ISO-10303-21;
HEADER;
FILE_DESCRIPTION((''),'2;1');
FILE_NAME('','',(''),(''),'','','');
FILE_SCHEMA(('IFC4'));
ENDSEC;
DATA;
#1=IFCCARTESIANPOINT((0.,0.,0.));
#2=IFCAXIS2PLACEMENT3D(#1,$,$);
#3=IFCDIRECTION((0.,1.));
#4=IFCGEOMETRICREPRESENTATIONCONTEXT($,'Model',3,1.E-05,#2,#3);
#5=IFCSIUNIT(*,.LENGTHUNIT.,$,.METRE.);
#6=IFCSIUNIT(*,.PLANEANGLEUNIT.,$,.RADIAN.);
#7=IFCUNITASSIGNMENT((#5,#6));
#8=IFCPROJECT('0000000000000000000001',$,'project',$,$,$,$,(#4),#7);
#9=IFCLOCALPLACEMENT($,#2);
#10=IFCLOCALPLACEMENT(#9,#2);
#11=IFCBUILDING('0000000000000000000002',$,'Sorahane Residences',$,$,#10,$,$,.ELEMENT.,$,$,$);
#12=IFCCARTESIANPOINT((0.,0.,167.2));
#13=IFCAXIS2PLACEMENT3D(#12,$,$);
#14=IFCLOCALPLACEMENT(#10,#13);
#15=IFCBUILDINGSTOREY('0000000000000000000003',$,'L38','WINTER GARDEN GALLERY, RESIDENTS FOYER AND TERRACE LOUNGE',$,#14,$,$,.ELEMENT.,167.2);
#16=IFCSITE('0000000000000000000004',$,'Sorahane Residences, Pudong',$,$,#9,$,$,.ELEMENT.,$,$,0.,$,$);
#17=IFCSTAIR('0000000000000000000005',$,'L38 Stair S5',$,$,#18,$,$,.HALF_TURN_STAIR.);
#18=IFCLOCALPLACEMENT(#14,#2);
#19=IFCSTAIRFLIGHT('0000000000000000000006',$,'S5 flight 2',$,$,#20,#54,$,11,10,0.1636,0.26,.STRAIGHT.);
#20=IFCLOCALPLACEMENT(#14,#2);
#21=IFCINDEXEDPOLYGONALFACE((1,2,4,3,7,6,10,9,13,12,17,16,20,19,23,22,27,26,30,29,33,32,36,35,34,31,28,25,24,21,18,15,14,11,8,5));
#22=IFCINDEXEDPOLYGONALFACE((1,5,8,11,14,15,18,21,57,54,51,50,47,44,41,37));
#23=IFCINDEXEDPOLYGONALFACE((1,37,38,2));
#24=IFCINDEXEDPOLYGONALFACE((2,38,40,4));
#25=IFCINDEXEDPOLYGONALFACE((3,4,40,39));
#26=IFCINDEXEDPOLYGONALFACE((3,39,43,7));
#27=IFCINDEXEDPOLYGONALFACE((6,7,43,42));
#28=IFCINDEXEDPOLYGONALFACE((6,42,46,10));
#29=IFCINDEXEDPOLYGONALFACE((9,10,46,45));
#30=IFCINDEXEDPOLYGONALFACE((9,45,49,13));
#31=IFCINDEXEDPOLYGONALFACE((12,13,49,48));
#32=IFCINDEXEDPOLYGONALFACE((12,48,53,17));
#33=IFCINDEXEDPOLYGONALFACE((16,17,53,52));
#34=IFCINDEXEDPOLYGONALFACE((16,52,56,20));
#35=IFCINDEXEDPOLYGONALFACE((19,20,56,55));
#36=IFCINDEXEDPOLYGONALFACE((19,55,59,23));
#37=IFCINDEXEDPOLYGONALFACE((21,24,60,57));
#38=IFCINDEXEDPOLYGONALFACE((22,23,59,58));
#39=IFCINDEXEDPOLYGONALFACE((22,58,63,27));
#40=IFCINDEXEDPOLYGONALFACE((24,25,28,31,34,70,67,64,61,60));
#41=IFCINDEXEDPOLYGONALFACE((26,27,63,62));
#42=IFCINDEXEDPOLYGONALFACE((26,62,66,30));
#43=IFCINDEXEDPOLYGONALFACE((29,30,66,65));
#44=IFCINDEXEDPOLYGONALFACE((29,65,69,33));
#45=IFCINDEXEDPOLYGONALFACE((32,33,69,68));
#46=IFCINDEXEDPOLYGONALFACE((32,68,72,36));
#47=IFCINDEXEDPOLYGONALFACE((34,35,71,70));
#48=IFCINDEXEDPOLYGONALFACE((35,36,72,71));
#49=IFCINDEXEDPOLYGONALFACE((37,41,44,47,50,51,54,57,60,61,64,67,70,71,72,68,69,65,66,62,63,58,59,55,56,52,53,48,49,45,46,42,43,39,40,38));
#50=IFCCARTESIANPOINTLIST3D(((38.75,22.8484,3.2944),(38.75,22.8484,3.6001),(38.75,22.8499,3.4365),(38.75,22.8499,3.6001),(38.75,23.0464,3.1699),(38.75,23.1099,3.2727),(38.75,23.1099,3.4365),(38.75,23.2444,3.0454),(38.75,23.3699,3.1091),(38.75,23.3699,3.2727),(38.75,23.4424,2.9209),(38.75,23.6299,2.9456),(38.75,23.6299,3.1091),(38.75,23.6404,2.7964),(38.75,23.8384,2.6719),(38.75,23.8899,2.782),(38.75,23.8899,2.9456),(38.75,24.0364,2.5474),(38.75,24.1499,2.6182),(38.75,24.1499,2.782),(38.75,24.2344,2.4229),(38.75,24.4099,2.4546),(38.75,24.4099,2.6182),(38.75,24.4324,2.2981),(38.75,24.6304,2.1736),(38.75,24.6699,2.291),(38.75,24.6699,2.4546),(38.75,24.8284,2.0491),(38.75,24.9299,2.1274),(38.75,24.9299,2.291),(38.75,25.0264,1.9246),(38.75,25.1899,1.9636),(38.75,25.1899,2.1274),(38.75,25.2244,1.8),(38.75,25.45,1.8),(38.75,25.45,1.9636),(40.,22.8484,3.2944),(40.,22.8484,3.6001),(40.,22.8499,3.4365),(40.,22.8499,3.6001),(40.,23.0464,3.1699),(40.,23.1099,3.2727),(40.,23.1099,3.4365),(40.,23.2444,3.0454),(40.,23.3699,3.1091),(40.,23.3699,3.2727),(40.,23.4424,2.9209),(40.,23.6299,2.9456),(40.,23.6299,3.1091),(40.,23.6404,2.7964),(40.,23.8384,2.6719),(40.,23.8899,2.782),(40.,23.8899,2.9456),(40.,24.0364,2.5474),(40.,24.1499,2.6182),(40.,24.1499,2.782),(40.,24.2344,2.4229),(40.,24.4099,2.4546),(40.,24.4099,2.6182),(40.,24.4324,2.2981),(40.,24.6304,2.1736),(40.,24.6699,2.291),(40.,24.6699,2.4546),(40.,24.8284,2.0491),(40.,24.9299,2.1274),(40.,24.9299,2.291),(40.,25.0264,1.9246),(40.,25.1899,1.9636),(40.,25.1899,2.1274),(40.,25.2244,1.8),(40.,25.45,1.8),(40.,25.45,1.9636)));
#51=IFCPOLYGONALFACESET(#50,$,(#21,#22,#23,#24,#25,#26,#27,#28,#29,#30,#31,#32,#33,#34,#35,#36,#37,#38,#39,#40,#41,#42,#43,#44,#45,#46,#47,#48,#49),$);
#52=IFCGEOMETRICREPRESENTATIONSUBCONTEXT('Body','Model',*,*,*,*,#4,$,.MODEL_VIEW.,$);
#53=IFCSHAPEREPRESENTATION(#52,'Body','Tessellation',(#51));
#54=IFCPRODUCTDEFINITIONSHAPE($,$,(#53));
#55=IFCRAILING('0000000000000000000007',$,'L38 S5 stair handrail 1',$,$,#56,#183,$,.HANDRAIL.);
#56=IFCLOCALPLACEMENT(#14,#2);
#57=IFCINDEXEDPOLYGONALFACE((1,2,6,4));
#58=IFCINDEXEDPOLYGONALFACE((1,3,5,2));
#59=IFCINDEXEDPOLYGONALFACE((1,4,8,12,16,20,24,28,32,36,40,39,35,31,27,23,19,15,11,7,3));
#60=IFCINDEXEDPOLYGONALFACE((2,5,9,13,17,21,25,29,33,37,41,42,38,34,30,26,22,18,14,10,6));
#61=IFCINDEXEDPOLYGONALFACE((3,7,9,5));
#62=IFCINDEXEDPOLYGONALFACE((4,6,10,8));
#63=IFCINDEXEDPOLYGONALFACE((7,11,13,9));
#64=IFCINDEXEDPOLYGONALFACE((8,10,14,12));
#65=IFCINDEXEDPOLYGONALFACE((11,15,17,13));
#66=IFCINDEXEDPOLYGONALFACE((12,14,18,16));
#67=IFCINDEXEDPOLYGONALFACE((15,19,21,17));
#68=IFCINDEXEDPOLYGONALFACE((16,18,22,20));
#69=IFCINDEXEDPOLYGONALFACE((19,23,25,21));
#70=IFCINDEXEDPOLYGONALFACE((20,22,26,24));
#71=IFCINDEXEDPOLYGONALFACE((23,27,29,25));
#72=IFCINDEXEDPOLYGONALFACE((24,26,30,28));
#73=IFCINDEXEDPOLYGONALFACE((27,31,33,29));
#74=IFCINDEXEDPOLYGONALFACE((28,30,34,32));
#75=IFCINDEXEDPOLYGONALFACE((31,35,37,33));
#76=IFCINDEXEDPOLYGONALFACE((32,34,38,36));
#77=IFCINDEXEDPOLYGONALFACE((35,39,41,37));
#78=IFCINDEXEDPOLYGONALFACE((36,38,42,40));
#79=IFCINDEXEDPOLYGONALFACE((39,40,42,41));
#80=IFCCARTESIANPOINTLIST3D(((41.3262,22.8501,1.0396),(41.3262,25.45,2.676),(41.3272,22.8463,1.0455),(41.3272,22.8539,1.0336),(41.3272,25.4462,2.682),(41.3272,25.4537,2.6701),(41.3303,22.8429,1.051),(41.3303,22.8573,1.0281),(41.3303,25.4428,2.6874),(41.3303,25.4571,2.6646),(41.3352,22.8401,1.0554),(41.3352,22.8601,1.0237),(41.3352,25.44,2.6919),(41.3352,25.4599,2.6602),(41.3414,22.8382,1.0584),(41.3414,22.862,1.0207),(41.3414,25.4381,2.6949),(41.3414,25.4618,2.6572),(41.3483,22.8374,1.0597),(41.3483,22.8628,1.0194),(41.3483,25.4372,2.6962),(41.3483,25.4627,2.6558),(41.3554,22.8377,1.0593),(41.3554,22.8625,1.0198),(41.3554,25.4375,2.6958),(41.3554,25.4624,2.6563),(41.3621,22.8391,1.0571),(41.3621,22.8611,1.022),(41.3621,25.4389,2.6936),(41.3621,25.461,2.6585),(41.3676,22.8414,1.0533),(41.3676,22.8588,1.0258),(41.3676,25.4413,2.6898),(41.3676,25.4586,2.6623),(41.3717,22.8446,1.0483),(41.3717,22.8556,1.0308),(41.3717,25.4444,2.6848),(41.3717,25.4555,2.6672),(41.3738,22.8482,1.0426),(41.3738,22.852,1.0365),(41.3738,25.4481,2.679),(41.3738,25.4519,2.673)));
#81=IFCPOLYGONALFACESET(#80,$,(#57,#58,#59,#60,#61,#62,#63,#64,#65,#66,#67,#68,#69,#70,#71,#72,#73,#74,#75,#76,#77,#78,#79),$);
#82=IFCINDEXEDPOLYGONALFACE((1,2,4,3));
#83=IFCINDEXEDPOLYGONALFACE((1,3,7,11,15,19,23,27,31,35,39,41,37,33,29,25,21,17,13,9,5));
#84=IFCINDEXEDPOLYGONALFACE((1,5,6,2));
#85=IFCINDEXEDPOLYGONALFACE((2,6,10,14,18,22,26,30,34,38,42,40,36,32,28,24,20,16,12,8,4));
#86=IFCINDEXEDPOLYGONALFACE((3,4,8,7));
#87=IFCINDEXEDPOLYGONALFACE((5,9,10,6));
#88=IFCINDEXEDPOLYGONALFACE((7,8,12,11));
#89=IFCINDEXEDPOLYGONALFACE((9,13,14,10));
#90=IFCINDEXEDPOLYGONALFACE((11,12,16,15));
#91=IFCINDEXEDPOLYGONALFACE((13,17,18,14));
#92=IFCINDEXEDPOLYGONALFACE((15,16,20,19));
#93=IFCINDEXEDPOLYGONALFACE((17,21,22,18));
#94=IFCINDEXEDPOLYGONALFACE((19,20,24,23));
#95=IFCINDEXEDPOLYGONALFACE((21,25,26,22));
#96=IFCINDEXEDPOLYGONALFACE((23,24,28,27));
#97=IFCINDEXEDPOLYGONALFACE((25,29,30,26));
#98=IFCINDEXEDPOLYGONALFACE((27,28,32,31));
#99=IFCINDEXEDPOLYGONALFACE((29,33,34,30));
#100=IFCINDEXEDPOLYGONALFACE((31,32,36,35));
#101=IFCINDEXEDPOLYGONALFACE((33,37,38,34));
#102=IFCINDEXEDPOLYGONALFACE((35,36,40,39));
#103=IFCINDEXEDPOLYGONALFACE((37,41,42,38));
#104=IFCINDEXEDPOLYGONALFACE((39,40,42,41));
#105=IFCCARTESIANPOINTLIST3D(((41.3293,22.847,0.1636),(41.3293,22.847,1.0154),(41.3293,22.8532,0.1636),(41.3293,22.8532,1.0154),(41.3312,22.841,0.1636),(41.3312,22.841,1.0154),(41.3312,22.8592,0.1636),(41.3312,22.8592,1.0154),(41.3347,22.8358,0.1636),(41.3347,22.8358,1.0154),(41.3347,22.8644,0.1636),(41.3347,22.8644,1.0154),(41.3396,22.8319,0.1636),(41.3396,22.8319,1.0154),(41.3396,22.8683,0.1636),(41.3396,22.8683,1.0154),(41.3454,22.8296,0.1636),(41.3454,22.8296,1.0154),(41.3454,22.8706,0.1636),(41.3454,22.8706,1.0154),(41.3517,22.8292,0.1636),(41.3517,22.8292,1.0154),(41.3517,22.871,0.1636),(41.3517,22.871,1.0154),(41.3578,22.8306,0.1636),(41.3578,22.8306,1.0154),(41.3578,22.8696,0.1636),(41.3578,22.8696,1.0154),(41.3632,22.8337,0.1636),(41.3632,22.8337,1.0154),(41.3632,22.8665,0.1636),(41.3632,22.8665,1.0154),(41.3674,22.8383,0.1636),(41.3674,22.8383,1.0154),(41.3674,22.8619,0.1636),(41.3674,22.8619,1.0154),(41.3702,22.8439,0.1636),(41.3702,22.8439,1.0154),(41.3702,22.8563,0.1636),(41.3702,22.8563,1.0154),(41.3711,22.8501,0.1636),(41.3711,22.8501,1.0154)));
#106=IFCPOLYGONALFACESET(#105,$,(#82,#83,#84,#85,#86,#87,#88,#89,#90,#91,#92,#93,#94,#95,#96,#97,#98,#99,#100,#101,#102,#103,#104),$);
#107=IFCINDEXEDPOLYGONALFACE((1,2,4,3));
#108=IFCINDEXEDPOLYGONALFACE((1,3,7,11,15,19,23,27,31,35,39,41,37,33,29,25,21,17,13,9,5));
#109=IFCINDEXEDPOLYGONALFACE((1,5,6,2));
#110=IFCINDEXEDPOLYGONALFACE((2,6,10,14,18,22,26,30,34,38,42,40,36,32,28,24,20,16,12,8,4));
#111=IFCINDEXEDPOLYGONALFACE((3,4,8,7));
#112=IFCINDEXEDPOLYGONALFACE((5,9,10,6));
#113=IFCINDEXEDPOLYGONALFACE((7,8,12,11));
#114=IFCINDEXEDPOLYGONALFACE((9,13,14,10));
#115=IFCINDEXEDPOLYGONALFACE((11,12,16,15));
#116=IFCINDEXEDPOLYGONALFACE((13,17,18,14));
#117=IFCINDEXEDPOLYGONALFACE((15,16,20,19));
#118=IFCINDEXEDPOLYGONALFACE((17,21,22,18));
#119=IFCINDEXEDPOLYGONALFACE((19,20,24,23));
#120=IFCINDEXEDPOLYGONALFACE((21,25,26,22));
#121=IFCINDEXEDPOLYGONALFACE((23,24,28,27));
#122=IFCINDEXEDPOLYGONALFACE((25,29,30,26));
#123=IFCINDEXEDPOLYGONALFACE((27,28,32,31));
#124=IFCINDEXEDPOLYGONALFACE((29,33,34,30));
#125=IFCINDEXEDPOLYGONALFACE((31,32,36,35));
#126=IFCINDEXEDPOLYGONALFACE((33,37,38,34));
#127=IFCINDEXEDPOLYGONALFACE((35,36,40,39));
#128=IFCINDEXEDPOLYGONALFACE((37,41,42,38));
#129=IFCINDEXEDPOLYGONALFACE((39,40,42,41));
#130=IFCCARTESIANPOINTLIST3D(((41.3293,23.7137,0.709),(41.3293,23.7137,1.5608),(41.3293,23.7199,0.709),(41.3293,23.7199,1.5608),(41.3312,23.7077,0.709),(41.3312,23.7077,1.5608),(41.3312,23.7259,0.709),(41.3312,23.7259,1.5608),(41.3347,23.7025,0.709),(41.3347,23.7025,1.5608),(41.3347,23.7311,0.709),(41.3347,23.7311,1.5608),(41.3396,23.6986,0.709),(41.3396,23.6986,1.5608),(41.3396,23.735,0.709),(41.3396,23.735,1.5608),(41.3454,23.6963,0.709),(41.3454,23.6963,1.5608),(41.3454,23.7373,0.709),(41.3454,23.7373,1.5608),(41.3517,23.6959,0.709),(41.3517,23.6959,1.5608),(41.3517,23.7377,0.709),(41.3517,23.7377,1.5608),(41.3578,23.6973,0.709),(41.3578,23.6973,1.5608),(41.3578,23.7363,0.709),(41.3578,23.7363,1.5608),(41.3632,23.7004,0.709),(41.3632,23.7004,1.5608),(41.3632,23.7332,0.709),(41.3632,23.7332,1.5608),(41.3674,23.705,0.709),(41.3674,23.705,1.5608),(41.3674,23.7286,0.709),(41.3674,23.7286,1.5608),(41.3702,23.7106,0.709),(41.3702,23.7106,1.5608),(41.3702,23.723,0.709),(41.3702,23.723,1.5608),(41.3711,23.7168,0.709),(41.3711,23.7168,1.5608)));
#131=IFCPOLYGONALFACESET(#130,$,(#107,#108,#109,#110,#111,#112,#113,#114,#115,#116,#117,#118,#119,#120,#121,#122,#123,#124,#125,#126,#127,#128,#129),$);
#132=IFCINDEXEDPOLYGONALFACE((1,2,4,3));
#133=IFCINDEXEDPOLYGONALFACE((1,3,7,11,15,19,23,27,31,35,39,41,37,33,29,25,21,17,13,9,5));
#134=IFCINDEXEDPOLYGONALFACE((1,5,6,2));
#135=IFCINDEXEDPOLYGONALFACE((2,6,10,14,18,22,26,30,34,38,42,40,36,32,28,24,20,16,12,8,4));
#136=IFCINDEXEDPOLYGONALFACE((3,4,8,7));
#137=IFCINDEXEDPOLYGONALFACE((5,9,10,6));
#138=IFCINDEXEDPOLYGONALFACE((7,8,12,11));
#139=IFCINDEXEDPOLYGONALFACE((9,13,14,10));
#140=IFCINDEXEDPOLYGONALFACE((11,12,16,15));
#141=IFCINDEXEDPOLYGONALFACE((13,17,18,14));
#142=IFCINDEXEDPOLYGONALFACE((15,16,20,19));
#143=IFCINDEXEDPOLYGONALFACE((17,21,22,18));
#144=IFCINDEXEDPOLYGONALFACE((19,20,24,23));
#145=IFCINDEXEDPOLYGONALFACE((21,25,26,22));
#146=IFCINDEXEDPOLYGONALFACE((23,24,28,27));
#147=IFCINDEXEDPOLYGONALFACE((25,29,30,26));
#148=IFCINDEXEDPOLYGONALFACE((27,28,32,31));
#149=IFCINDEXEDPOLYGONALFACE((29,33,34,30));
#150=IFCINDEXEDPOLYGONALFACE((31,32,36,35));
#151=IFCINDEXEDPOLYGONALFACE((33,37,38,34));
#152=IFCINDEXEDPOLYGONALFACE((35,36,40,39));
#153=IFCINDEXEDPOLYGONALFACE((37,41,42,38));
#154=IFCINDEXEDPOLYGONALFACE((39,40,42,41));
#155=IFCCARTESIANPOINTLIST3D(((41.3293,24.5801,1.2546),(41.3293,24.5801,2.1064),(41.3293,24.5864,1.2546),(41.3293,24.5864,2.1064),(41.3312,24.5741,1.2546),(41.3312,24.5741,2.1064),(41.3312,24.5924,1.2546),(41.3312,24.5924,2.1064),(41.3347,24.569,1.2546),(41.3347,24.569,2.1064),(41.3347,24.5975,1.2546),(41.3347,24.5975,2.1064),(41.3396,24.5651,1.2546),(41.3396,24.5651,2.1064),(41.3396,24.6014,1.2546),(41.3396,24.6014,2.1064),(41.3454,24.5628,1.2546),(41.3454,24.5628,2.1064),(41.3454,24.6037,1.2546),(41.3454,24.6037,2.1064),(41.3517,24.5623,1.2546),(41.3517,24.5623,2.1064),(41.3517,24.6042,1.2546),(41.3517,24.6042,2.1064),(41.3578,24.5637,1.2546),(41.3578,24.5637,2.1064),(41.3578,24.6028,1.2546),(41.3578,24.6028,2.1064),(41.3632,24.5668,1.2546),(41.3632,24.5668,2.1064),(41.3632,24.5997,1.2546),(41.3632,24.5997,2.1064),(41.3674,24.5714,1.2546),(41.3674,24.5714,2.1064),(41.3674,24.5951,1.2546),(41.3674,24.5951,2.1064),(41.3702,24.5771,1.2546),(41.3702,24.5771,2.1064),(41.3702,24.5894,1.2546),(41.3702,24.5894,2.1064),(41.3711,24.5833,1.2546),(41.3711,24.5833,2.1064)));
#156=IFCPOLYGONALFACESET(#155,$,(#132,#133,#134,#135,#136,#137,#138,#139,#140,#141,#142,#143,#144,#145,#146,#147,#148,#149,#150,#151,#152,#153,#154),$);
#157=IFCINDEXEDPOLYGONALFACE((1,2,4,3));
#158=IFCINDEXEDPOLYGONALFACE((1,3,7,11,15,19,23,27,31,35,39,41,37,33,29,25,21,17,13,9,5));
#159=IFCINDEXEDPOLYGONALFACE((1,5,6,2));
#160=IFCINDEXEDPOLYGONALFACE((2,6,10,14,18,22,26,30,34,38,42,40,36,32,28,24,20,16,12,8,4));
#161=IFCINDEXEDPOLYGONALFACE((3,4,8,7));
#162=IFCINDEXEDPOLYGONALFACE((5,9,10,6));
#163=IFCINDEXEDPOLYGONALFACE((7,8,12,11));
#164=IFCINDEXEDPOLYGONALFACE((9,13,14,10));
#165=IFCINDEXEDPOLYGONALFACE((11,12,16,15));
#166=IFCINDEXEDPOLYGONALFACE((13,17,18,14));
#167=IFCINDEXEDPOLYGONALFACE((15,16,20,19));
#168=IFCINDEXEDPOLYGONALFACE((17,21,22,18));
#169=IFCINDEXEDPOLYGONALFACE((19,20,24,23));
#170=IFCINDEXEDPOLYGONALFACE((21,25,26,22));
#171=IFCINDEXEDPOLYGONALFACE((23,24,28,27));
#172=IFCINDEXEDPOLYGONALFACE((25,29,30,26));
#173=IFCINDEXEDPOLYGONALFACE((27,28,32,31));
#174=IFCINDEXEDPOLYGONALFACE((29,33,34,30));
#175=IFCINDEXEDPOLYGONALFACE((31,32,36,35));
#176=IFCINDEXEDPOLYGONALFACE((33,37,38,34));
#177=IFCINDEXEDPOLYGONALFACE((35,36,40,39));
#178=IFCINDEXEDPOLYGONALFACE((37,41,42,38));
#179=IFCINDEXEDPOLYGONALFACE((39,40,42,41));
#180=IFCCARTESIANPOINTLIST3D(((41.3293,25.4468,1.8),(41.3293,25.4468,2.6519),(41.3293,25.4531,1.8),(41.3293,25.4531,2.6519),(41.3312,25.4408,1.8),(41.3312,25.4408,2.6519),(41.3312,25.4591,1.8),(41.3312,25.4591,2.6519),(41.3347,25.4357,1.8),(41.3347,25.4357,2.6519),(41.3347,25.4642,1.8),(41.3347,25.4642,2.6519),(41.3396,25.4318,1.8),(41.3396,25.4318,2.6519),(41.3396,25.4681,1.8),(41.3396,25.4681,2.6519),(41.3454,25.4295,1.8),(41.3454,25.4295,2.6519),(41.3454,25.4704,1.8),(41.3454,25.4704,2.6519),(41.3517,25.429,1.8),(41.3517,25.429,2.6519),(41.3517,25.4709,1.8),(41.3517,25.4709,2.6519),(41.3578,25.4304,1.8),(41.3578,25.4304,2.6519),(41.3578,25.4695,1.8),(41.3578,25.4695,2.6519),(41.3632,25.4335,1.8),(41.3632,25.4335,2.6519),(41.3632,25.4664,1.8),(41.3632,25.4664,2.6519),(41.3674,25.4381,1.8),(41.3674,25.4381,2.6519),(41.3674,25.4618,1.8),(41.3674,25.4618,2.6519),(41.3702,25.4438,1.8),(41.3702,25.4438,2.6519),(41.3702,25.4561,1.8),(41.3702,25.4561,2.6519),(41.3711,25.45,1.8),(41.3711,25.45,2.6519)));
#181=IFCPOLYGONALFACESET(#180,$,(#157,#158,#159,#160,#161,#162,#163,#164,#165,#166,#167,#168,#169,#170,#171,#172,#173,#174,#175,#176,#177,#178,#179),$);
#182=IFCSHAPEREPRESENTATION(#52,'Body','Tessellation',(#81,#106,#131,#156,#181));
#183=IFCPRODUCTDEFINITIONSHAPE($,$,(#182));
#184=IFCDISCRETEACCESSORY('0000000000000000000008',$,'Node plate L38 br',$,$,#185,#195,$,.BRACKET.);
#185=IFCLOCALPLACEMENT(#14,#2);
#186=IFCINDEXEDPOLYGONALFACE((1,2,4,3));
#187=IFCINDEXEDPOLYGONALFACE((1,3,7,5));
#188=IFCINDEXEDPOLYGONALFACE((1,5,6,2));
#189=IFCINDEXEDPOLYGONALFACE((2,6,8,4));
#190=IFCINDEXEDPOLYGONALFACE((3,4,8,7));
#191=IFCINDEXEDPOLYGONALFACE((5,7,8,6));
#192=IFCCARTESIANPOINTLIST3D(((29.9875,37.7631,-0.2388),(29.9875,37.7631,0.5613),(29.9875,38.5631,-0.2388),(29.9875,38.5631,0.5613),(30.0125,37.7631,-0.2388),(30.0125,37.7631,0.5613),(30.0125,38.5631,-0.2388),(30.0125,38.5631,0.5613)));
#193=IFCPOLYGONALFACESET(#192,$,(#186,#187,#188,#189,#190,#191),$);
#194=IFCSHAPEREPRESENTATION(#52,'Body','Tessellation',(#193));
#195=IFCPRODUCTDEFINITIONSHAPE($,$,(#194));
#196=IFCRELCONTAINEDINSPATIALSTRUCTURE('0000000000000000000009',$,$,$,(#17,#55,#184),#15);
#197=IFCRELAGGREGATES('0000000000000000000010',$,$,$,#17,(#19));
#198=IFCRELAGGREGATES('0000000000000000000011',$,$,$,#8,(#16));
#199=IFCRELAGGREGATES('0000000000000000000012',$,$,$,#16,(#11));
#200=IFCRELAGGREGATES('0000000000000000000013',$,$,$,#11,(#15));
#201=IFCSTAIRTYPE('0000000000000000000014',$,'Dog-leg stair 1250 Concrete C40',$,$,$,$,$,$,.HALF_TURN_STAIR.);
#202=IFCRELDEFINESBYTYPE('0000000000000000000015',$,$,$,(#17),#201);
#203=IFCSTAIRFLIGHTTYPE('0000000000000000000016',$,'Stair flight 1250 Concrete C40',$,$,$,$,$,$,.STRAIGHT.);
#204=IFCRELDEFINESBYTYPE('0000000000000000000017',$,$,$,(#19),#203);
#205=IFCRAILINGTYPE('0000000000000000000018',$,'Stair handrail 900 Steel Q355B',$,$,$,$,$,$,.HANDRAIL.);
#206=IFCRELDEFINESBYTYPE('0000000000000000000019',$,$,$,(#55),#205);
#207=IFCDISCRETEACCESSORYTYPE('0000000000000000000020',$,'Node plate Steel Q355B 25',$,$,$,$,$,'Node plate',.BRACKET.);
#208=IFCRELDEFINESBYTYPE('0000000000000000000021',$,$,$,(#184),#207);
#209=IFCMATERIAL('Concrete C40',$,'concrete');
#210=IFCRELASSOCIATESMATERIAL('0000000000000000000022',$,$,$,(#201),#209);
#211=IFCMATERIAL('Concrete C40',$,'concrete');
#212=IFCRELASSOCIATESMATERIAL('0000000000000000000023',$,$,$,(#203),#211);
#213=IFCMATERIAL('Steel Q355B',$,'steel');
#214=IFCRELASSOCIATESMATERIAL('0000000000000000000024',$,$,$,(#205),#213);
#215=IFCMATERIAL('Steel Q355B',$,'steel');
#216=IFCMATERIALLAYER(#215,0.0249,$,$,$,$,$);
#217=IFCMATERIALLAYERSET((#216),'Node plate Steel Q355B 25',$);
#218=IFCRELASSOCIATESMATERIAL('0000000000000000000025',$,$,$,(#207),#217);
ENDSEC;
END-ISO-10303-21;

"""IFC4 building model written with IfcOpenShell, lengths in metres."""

from ifc_helpers import new_model, si_unit, direction, frame, origin, origin_2d, place, context, subcontext, project, spatial, polyline, rectangle, circle, outline, extrude, material, layer, layer_set, type_object, element, aggregate, save


model = new_model("IFC4")

# Units and contexts
model_context = context("Model", 3, precision=1e-05, world=origin(), true_north=direction((0.0, 1.0)))
body_context = subcontext(model_context, "Body", "Model", "MODEL_VIEW")
ifc_project = project(units=[si_unit("LENGTHUNIT", "METRE"), si_unit("PLANEANGLEUNIT", "RADIAN")], contexts=[model_context])

# Site, building, storey
site_placement = place(None, origin())
site = spatial("IfcSite", under=ifc_project, at=site_placement, Name="Sorahane Residences, Pudong", CompositionType="ELEMENT", RefElevation=0.0)
building_placement = place(site_placement, origin())
building = spatial("IfcBuilding", under=site, at=building_placement, Name="Sorahane Residences", CompositionType="ELEMENT")
storey_placement = place(building_placement, frame((0.0, 0.0, 167.2)))
storey = spatial("IfcBuildingStorey", under=building, at=storey_placement, Name="L38", Description="WINTER GARDEN GALLERY, RESIDENTS FOYER AND TERRACE LOUNGE", CompositionType="ELEMENT", Elevation=167.2)

# Stair, stair flight
ifc_material_1 = material(Name="Concrete C40", Category="concrete")
stair_type = type_object("IfcStairType", Name="Dog-leg stair 1250 Concrete C40", PredefinedType="HALF_TURN_STAIR", material=ifc_material_1)
ifc_material_2 = material(Name="Concrete C40", Category="concrete")
stair_flight_type = type_object("IfcStairFlightType", Name="Stair flight 1250 Concrete C40", PredefinedType="STRAIGHT", material=ifc_material_2)
stair_1_placement = place(storey_placement, origin())
stair_1 = element("IfcStair", 1, at=stair_1_placement, inside=storey, type_object=stair_type, Name="L38 Stair S5", PredefinedType="HALF_TURN_STAIR")
stair_flight_1_placement = place(storey_placement, frame((39.375, 25.45, 1.8), z_axis=(0.0, 0.0, 1.0), x_axis=(0.0, -1.0, 0.0)))
stair_flight_1 = element("IfcStairFlight", 2, at=stair_flight_1_placement, type_object=stair_flight_type, Name="S5 flight 2", NumberOfRisers=11, NumberOfTreads=10, PredefinedType="STRAIGHT", RiserHeight=0.1636, TreadLength=0.26, context=body_context, shape_type="SweptSolid", body=[
    extrude(outline(polyline([(0.0, 0.0), (0.0, 0.1636), (0.26, 0.1636), (0.26, 0.3274), (0.52, 0.3274), (0.52, 0.491), (0.78, 0.491), (0.78, 0.6545), (1.04, 0.6545), (1.04, 0.8181), (1.3, 0.8181), (1.3, 0.9819), (1.5601, 0.9819), (1.5601, 1.1455), (1.8201, 1.1455), (1.8201, 1.3091), (2.0801, 1.3091), (2.0801, 1.4727), (2.3401, 1.4727), (2.3401, 1.6365), (2.6001, 1.6365), (2.6001, 1.8), (2.6016, 1.8), (2.6016, 1.4944), (2.4036, 1.3699), (2.2056, 1.2454), (2.0076, 1.1208), (1.8096, 0.9963), (1.6116, 0.8718), (1.4136, 0.7473), (1.2156, 0.6228), (1.0176, 0.498), (0.8196, 0.3735), (0.6216, 0.249), (0.4236, 0.1245), (0.2256, 0.0), (0.0, 0.0)])), frame((0.0, 0.625, 0.0), z_axis=(0.0, -1.0, 0.0), x_axis=(1.0, 0.0, 0.0)), (0.0, 0.0, 1.0), 1.25),
])
aggregate(stair_1, [stair_flight_1])

# Railing
ifc_material_3 = material(Name="Steel Q355B", Category="steel")
railing_type_1 = type_object("IfcRailingType", Name="Stair handrail 900 Steel Q355B", PredefinedType="HANDRAIL", material=ifc_material_3)
railing_1_placement = place(storey_placement, frame((41.3501, 22.8501, 0.1636)))
element("IfcRailing", 3, at=railing_1_placement, inside=storey, type_object=railing_type_1, Name="L38 S5 stair handrail 1", PredefinedType="HANDRAIL", context=body_context, shape_type="SweptSolid", body=[
    extrude(circle(Radius=0.0239, at=origin_2d()), frame((0.0, 0.0, 0.876), z_axis=(0.0, 0.846302, 0.532704), x_axis=(-1.0, 0.0, 0.0)), (0.0, 0.0, 1.0), 3.072),
    extrude(circle(Radius=0.021, at=origin_2d()), origin(), (0.0, 0.0, 1.0), 0.8518),
    extrude(circle(Radius=0.021, at=origin_2d()), frame((0.0, 0.8667, 0.5454)), (0.0, 0.0, 1.0), 0.8518),
    extrude(circle(Radius=0.021, at=origin_2d()), frame((0.0, 1.7332, 1.0911)), (0.0, 0.0, 1.0), 0.8518),
    extrude(circle(Radius=0.021, at=origin_2d()), frame((0.0, 2.5999, 1.6365)), (0.0, 0.0, 1.0), 0.8518),
])

# Discrete accessory
ifc_material_4 = material(Name="Steel Q355B", Category="steel")
ifc_layer_1 = layer(ifc_material_4, 0.0249)
ifc_layer_set_1 = layer_set([ifc_layer_1], Name="Node plate Steel Q355B 25")
discrete_accessory_type = type_object("IfcDiscreteAccessoryType", Name="Node plate Steel Q355B 25", ElementType="Node plate", PredefinedType="BRACKET", material=ifc_layer_set_1)
for number, where, z_axis, x_axis, name in (
    (4, (30.0, 38.1631, -0.2388), (0.0, 0.0, 1.0), (0.0, 1.0, 0.0), "Node plate L38 br"),
):
    element("IfcDiscreteAccessory", number, at=place(storey_placement, frame(where, z_axis=z_axis, x_axis=x_axis)), inside=storey, type_object=discrete_accessory_type, Name=name, PredefinedType="BRACKET", context=body_context, shape_type="SweptSolid", body=[
        extrude(rectangle(XDim=0.8, YDim=0.0249, at=origin_2d()), origin(), (0.0, 0.0, 1.0), 0.8),
    ])

save(model, "model.ifc")
